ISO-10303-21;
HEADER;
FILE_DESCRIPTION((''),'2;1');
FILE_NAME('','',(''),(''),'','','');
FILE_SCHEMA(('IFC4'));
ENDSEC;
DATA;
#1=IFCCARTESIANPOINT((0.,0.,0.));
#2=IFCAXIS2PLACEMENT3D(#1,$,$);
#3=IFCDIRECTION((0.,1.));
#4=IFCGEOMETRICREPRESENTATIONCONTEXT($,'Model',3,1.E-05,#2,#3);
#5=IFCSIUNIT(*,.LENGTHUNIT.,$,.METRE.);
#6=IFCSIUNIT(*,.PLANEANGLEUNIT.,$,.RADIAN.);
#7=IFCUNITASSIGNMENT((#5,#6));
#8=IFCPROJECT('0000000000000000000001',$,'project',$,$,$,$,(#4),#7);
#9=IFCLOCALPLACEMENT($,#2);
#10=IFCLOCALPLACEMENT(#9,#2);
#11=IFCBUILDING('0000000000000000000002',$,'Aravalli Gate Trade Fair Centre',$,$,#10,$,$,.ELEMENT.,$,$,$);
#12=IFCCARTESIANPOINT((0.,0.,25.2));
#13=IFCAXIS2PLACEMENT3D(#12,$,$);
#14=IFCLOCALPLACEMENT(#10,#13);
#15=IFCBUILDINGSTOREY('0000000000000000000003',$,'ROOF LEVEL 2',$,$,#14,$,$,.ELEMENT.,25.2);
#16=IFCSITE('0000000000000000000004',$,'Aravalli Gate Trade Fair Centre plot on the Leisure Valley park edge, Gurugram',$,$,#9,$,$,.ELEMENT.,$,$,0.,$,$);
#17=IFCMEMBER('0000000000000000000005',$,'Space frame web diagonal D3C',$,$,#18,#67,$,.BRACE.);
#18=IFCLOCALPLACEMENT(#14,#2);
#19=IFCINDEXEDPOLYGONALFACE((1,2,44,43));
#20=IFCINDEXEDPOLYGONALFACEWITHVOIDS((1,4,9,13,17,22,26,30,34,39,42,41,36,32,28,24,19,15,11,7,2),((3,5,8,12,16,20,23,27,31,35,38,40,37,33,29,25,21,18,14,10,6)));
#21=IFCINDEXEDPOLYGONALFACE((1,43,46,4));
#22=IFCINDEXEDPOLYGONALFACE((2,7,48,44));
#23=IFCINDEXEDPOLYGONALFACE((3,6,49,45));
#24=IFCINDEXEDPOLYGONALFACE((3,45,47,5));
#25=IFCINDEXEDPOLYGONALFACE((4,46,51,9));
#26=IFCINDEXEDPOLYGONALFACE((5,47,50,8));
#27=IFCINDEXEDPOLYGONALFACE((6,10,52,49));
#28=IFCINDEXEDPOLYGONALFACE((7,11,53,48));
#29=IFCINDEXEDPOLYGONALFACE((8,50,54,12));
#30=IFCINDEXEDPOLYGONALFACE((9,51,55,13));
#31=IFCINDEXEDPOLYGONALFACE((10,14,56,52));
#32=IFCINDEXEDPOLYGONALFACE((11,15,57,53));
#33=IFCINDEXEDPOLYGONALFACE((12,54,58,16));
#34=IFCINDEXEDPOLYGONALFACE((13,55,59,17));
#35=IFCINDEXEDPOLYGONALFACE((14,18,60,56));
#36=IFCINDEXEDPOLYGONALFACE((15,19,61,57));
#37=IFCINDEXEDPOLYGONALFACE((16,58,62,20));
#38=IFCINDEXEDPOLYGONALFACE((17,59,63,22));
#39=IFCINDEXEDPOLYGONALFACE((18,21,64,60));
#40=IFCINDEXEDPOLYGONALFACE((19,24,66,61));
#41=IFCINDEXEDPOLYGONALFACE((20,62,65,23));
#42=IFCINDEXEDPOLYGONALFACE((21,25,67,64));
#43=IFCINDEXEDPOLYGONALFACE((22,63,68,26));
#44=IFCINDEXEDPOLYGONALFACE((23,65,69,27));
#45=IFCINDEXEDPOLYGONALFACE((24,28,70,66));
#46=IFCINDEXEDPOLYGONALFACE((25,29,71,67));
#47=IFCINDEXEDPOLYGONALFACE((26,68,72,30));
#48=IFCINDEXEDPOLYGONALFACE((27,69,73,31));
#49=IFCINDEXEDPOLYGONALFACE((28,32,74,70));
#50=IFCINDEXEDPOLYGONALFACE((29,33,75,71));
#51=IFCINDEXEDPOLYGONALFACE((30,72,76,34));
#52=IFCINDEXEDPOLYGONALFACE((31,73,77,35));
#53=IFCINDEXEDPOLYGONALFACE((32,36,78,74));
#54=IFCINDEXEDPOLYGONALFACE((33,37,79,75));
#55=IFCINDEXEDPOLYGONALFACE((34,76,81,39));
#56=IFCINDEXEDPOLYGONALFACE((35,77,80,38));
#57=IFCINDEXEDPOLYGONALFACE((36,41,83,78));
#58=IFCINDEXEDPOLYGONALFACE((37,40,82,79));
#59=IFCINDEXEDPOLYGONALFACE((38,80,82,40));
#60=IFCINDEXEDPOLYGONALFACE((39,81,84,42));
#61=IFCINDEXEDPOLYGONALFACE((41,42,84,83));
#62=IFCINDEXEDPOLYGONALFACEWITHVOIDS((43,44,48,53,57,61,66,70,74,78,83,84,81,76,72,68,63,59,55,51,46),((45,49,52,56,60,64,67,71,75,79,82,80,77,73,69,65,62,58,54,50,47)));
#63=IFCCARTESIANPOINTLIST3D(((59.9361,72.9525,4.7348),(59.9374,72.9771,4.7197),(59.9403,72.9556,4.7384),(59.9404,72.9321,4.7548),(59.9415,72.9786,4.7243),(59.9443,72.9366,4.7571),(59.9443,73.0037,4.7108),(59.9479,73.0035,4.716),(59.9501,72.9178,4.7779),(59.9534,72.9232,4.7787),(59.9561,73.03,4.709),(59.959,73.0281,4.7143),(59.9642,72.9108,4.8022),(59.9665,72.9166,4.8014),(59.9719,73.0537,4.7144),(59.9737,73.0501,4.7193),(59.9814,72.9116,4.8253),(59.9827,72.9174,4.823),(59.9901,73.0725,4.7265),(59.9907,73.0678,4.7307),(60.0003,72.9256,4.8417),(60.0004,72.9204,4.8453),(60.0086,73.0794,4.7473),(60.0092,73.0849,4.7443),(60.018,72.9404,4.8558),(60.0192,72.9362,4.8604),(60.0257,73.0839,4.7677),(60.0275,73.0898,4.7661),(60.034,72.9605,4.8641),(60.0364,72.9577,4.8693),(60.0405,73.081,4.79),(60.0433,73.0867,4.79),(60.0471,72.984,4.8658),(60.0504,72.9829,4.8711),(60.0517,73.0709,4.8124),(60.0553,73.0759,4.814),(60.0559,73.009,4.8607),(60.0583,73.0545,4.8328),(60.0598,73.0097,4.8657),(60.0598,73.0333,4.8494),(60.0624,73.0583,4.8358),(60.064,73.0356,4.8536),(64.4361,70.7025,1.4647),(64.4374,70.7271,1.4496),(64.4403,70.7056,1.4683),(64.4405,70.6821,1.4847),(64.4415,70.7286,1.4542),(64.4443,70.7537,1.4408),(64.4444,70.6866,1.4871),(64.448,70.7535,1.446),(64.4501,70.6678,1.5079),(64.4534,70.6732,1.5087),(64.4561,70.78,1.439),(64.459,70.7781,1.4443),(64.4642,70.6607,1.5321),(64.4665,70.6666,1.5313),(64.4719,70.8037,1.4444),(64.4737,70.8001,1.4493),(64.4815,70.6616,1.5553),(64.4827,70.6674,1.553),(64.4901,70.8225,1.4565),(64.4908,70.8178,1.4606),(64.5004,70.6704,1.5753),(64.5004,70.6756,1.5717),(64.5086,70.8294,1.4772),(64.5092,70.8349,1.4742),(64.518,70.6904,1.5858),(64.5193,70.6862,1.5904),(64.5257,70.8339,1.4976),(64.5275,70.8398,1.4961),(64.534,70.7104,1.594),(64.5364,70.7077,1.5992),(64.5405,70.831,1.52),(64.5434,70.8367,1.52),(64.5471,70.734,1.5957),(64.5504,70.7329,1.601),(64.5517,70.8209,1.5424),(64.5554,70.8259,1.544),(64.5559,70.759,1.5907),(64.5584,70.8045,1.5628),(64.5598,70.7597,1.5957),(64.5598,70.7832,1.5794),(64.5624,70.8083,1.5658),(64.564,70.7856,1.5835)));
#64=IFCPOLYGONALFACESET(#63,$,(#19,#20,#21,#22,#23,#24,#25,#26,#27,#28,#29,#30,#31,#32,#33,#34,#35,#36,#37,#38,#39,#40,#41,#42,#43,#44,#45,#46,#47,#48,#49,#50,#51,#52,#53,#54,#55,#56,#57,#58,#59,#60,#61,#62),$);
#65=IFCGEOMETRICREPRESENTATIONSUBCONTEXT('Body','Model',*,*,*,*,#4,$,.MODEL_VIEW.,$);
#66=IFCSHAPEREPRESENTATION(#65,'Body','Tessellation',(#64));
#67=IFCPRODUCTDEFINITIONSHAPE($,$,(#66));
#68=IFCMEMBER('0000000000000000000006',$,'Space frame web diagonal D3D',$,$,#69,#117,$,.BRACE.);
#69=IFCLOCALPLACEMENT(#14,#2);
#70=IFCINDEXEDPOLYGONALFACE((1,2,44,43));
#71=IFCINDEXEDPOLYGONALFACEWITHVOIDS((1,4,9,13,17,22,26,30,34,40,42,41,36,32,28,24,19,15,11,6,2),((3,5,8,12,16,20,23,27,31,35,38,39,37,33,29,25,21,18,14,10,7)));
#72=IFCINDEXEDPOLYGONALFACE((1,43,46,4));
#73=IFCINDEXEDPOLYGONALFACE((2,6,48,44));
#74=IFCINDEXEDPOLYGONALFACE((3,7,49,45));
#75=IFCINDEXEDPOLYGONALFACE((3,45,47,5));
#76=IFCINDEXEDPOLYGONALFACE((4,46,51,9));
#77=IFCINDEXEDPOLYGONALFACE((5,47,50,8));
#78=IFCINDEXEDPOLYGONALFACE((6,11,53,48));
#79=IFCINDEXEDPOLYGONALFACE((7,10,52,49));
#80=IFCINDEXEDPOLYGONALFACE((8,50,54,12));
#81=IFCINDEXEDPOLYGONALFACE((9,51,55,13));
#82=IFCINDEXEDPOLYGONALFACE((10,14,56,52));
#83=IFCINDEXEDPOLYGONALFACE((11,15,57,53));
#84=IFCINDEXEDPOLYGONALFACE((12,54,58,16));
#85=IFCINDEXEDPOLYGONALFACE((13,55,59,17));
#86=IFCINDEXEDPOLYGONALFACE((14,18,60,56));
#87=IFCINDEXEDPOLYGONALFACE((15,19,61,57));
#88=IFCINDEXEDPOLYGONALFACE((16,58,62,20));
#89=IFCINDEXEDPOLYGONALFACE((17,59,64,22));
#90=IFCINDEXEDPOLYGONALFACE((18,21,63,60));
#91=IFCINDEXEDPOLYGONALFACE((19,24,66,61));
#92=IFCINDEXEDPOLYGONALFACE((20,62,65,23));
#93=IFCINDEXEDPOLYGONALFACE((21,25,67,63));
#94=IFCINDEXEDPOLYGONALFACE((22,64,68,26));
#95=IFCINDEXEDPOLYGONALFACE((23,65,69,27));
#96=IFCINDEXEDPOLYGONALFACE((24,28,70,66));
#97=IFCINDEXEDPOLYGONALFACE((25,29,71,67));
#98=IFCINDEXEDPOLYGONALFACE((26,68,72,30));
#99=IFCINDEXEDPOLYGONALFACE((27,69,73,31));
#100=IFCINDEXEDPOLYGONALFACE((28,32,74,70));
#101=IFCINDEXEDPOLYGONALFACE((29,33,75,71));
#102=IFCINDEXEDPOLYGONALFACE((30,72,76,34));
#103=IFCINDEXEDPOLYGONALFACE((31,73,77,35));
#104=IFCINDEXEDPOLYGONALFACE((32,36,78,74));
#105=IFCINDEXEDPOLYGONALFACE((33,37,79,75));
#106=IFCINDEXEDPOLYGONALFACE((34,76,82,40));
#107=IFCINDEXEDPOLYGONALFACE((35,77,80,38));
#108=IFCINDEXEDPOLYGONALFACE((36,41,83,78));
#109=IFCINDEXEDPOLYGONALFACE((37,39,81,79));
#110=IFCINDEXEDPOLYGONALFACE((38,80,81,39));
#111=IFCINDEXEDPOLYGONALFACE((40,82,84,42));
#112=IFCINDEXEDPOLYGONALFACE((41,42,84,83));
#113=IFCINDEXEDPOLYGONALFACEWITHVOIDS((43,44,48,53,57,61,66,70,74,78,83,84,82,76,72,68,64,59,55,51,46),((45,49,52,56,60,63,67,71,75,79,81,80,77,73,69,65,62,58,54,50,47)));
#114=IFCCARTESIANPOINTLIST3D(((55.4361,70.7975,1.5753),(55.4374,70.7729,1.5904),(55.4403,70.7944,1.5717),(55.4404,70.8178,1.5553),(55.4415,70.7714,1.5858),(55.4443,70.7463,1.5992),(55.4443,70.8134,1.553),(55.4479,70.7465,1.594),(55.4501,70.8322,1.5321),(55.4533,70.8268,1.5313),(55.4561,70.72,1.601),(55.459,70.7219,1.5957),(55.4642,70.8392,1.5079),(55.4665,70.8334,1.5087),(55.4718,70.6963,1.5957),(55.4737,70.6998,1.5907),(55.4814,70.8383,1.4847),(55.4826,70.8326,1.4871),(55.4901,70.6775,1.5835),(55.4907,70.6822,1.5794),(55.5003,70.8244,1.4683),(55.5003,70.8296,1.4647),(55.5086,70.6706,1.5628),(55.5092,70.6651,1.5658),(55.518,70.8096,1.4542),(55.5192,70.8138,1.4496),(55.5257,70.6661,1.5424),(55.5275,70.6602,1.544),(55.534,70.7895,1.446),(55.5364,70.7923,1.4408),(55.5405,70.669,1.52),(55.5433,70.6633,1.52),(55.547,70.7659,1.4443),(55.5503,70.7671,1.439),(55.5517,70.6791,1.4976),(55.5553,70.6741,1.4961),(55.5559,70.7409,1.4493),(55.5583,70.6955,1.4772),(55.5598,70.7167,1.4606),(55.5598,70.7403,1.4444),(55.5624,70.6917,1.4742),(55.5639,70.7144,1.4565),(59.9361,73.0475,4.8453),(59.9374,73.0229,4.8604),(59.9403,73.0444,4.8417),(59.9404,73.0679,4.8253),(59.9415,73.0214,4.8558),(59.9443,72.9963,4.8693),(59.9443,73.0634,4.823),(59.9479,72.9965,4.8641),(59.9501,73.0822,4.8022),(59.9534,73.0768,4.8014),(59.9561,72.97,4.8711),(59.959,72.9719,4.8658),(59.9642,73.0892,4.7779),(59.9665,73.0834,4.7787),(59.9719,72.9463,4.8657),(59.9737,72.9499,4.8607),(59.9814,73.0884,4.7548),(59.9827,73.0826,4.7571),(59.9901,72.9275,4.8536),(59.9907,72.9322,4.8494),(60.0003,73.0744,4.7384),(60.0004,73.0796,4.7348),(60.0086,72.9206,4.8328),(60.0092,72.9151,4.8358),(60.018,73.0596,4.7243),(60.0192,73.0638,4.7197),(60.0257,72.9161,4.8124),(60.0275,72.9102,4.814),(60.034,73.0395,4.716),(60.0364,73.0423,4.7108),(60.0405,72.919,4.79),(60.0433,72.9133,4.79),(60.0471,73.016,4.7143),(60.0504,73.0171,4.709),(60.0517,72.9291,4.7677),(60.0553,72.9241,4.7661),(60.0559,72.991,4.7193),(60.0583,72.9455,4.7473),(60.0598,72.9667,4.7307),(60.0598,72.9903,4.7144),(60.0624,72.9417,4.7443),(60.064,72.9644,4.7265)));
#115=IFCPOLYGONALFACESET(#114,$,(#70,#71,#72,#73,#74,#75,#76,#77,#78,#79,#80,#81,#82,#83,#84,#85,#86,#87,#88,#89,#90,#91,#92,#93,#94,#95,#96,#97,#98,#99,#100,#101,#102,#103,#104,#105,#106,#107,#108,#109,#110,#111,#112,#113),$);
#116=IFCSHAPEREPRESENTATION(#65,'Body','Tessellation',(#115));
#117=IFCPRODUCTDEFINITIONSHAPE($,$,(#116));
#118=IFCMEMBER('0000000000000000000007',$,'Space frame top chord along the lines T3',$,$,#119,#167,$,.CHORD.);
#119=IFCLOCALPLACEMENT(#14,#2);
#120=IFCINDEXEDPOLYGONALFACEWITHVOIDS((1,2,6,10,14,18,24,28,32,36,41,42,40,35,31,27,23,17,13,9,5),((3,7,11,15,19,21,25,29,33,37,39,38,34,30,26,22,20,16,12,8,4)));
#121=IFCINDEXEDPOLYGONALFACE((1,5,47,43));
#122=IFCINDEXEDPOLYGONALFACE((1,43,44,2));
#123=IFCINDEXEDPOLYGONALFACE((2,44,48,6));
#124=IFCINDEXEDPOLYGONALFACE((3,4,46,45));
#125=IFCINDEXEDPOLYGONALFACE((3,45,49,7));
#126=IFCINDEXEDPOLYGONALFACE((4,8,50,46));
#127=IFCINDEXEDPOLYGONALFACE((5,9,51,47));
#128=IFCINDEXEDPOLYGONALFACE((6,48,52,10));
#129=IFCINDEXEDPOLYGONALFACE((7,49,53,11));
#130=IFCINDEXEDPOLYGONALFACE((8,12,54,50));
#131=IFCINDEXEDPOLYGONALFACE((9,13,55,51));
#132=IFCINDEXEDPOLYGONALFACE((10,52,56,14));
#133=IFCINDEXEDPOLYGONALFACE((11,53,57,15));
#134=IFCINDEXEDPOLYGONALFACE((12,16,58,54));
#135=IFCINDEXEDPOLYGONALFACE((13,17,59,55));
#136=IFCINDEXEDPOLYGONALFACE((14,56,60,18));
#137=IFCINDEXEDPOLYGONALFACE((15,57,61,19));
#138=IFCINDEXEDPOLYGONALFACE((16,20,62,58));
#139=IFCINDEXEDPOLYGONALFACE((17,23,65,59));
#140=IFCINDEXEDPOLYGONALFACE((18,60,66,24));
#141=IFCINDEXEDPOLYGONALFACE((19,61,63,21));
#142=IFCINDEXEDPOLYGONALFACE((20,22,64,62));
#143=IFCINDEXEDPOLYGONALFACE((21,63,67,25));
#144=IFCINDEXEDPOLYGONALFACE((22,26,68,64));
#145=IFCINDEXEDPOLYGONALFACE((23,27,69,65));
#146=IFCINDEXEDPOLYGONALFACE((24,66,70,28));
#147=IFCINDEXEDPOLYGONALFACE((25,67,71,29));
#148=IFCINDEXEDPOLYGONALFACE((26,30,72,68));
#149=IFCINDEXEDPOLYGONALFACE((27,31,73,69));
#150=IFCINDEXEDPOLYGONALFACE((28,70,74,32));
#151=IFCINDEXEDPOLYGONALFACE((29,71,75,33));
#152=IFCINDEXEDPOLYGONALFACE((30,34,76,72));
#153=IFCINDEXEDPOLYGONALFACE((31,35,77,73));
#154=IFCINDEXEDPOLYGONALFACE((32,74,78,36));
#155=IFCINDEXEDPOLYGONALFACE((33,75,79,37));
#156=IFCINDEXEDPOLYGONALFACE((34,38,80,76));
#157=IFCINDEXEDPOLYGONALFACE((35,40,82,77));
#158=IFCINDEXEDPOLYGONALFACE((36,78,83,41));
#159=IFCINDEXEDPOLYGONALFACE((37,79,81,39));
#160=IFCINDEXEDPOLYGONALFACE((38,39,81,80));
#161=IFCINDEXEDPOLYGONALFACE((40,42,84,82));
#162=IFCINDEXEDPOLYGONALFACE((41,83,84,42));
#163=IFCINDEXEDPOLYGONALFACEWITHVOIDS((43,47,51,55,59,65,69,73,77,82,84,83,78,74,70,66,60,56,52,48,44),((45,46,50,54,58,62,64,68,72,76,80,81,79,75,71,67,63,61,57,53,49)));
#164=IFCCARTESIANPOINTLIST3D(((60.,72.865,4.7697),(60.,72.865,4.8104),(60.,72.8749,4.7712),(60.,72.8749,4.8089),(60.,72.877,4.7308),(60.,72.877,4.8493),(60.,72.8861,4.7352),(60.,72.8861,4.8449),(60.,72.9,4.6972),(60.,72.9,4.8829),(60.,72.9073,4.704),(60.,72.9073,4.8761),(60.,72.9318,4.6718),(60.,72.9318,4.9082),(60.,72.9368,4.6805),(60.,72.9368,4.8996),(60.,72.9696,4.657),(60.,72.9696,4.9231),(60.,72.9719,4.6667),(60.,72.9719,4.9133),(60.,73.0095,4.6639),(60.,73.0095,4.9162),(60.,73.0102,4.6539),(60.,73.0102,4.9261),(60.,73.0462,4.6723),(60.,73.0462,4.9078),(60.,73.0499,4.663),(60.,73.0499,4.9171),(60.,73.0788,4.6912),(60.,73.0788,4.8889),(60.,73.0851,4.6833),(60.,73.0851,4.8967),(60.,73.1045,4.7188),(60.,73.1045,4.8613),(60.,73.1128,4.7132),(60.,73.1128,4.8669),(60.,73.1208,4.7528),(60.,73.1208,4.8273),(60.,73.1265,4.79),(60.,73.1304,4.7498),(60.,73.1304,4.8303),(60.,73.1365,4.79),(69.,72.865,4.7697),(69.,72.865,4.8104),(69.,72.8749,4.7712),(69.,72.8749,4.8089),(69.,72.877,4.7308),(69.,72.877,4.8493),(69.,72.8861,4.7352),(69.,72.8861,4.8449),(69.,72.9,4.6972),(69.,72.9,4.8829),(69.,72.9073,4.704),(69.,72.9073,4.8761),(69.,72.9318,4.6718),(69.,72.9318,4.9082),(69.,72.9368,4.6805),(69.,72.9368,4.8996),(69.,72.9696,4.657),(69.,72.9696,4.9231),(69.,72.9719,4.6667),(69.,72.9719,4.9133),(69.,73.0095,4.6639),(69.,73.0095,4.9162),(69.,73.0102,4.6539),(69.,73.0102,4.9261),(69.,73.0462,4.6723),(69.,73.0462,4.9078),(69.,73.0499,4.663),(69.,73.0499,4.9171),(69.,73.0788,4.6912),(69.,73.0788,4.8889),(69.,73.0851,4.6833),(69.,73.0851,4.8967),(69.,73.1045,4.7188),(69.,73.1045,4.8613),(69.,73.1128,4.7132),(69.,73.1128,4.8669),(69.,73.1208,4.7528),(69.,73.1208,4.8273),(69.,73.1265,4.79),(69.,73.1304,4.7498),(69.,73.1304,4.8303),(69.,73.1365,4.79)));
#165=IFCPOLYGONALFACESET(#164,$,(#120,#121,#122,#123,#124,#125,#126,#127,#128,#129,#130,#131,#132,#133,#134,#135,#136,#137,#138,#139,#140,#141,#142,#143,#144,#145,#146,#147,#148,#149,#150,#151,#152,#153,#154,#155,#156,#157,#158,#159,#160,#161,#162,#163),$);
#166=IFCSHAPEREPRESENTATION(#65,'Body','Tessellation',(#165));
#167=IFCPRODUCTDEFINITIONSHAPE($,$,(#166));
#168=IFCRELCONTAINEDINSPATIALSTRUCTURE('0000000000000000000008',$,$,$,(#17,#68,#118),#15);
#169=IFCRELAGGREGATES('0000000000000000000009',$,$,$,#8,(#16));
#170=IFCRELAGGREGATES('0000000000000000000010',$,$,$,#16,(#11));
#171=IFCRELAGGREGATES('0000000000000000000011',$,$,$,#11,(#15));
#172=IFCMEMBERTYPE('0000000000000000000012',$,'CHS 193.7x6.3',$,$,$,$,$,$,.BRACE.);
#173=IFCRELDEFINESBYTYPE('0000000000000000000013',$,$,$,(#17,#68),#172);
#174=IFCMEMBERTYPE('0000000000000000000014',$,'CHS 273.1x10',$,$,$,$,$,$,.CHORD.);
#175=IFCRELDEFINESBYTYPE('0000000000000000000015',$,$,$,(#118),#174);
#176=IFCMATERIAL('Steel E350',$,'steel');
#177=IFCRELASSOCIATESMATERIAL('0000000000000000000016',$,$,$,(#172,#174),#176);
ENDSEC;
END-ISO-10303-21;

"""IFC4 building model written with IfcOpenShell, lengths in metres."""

from ifc_helpers import new_model, si_unit, direction, frame, origin, origin_2d, place, context, subcontext, project, spatial, hollow_circle, extrude, material, material_profile, profile_set, type_object, element, save


model = new_model("IFC4")

# Units and contexts
model_context = context("Model", 3, precision=1e-05, world=origin(), true_north=direction((0.0, 1.0)))
body_context = subcontext(model_context, "Body", "Model", "MODEL_VIEW")
ifc_project = project(units=[si_unit("LENGTHUNIT", "METRE"), si_unit("PLANEANGLEUNIT", "RADIAN")], contexts=[model_context])

# Site, building, storey
site_placement = place(None, origin())
site = spatial("IfcSite", under=ifc_project, at=site_placement, Name="Aravalli Gate Trade Fair Centre plot on the Leisure Valley park edge, Gurugram", CompositionType="ELEMENT", RefElevation=0.0)
building_placement = place(site_placement, origin())
building = spatial("IfcBuilding", under=site, at=building_placement, Name="Aravalli Gate Trade Fair Centre", CompositionType="ELEMENT")
storey_placement = place(building_placement, frame((0.0, 0.0, 25.2)))
storey = spatial("IfcBuildingStorey", under=building, at=storey_placement, Name="ROOF LEVEL 2", CompositionType="ELEMENT", Elevation=25.2)

# Members
ifc_material_1 = material(Name="Steel E350", Category="steel")
ifc_material_profile_1 = material_profile(ifc_material_1, hollow_circle(Radius=0.0969, WallThickness=0.0063, at=origin_2d()), Name="CHS 193.7x6.3")
ifc_profile_set_1 = profile_set([ifc_material_profile_1], Name="Steel E350")
member_type_1 = type_object("IfcMemberType", Name="CHS 193.7x6.3", PredefinedType="BRACE", material=ifc_profile_set_1)
for number, where, z_axis, x_axis, name in (
    (1, (60.0, 73.0, 4.79), (0.749942, -0.374971, -0.544961), (0.447214, 0.894427, 0.0), "Space frame web diagonal D3C"),
    (2, (60.0, 73.0, 4.79), (-0.749942, -0.374971, -0.544961), (0.447214, -0.894427, 0.0), "Space frame web diagonal D3D"),
):
    element("IfcMember", number, at=place(storey_placement, frame(where, z_axis=z_axis, x_axis=x_axis)), inside=storey, type_object=member_type_1, Name=name, PredefinedType="BRACE", context=body_context, shape_type="SweptSolid", body=[
        extrude(hollow_circle(Radius=0.0969, WallThickness=0.0063, at=origin_2d()), origin(), (0.0, 0.0, 1.0), 6.0005),
    ])
ifc_material_profile_2 = material_profile(ifc_material_1, hollow_circle(Radius=0.1365, WallThickness=0.01, at=origin_2d()), Name="CHS 273.1x10")
ifc_profile_set_2 = profile_set([ifc_material_profile_2], Name="Steel E350")
member_type_2 = type_object("IfcMemberType", Name="CHS 273.1x10", PredefinedType="CHORD", material=ifc_profile_set_2)
for number, where, z_axis, x_axis, name in (
    (3, (60.0, 73.0, 4.79), (1.0, 0.0, 0.0), (0.0, 1.0, 0.0), "Space frame top chord along the lines T3"),
):
    element("IfcMember", number, at=place(storey_placement, frame(where, z_axis=z_axis, x_axis=x_axis)), inside=storey, type_object=member_type_2, Name=name, PredefinedType="CHORD", context=body_context, shape_type="SweptSolid", body=[
        extrude(hollow_circle(Radius=0.1365, WallThickness=0.01, at=origin_2d()), origin(), (0.0, 0.0, 1.0), 9.0),
    ])

save(model, "model.ifc")
